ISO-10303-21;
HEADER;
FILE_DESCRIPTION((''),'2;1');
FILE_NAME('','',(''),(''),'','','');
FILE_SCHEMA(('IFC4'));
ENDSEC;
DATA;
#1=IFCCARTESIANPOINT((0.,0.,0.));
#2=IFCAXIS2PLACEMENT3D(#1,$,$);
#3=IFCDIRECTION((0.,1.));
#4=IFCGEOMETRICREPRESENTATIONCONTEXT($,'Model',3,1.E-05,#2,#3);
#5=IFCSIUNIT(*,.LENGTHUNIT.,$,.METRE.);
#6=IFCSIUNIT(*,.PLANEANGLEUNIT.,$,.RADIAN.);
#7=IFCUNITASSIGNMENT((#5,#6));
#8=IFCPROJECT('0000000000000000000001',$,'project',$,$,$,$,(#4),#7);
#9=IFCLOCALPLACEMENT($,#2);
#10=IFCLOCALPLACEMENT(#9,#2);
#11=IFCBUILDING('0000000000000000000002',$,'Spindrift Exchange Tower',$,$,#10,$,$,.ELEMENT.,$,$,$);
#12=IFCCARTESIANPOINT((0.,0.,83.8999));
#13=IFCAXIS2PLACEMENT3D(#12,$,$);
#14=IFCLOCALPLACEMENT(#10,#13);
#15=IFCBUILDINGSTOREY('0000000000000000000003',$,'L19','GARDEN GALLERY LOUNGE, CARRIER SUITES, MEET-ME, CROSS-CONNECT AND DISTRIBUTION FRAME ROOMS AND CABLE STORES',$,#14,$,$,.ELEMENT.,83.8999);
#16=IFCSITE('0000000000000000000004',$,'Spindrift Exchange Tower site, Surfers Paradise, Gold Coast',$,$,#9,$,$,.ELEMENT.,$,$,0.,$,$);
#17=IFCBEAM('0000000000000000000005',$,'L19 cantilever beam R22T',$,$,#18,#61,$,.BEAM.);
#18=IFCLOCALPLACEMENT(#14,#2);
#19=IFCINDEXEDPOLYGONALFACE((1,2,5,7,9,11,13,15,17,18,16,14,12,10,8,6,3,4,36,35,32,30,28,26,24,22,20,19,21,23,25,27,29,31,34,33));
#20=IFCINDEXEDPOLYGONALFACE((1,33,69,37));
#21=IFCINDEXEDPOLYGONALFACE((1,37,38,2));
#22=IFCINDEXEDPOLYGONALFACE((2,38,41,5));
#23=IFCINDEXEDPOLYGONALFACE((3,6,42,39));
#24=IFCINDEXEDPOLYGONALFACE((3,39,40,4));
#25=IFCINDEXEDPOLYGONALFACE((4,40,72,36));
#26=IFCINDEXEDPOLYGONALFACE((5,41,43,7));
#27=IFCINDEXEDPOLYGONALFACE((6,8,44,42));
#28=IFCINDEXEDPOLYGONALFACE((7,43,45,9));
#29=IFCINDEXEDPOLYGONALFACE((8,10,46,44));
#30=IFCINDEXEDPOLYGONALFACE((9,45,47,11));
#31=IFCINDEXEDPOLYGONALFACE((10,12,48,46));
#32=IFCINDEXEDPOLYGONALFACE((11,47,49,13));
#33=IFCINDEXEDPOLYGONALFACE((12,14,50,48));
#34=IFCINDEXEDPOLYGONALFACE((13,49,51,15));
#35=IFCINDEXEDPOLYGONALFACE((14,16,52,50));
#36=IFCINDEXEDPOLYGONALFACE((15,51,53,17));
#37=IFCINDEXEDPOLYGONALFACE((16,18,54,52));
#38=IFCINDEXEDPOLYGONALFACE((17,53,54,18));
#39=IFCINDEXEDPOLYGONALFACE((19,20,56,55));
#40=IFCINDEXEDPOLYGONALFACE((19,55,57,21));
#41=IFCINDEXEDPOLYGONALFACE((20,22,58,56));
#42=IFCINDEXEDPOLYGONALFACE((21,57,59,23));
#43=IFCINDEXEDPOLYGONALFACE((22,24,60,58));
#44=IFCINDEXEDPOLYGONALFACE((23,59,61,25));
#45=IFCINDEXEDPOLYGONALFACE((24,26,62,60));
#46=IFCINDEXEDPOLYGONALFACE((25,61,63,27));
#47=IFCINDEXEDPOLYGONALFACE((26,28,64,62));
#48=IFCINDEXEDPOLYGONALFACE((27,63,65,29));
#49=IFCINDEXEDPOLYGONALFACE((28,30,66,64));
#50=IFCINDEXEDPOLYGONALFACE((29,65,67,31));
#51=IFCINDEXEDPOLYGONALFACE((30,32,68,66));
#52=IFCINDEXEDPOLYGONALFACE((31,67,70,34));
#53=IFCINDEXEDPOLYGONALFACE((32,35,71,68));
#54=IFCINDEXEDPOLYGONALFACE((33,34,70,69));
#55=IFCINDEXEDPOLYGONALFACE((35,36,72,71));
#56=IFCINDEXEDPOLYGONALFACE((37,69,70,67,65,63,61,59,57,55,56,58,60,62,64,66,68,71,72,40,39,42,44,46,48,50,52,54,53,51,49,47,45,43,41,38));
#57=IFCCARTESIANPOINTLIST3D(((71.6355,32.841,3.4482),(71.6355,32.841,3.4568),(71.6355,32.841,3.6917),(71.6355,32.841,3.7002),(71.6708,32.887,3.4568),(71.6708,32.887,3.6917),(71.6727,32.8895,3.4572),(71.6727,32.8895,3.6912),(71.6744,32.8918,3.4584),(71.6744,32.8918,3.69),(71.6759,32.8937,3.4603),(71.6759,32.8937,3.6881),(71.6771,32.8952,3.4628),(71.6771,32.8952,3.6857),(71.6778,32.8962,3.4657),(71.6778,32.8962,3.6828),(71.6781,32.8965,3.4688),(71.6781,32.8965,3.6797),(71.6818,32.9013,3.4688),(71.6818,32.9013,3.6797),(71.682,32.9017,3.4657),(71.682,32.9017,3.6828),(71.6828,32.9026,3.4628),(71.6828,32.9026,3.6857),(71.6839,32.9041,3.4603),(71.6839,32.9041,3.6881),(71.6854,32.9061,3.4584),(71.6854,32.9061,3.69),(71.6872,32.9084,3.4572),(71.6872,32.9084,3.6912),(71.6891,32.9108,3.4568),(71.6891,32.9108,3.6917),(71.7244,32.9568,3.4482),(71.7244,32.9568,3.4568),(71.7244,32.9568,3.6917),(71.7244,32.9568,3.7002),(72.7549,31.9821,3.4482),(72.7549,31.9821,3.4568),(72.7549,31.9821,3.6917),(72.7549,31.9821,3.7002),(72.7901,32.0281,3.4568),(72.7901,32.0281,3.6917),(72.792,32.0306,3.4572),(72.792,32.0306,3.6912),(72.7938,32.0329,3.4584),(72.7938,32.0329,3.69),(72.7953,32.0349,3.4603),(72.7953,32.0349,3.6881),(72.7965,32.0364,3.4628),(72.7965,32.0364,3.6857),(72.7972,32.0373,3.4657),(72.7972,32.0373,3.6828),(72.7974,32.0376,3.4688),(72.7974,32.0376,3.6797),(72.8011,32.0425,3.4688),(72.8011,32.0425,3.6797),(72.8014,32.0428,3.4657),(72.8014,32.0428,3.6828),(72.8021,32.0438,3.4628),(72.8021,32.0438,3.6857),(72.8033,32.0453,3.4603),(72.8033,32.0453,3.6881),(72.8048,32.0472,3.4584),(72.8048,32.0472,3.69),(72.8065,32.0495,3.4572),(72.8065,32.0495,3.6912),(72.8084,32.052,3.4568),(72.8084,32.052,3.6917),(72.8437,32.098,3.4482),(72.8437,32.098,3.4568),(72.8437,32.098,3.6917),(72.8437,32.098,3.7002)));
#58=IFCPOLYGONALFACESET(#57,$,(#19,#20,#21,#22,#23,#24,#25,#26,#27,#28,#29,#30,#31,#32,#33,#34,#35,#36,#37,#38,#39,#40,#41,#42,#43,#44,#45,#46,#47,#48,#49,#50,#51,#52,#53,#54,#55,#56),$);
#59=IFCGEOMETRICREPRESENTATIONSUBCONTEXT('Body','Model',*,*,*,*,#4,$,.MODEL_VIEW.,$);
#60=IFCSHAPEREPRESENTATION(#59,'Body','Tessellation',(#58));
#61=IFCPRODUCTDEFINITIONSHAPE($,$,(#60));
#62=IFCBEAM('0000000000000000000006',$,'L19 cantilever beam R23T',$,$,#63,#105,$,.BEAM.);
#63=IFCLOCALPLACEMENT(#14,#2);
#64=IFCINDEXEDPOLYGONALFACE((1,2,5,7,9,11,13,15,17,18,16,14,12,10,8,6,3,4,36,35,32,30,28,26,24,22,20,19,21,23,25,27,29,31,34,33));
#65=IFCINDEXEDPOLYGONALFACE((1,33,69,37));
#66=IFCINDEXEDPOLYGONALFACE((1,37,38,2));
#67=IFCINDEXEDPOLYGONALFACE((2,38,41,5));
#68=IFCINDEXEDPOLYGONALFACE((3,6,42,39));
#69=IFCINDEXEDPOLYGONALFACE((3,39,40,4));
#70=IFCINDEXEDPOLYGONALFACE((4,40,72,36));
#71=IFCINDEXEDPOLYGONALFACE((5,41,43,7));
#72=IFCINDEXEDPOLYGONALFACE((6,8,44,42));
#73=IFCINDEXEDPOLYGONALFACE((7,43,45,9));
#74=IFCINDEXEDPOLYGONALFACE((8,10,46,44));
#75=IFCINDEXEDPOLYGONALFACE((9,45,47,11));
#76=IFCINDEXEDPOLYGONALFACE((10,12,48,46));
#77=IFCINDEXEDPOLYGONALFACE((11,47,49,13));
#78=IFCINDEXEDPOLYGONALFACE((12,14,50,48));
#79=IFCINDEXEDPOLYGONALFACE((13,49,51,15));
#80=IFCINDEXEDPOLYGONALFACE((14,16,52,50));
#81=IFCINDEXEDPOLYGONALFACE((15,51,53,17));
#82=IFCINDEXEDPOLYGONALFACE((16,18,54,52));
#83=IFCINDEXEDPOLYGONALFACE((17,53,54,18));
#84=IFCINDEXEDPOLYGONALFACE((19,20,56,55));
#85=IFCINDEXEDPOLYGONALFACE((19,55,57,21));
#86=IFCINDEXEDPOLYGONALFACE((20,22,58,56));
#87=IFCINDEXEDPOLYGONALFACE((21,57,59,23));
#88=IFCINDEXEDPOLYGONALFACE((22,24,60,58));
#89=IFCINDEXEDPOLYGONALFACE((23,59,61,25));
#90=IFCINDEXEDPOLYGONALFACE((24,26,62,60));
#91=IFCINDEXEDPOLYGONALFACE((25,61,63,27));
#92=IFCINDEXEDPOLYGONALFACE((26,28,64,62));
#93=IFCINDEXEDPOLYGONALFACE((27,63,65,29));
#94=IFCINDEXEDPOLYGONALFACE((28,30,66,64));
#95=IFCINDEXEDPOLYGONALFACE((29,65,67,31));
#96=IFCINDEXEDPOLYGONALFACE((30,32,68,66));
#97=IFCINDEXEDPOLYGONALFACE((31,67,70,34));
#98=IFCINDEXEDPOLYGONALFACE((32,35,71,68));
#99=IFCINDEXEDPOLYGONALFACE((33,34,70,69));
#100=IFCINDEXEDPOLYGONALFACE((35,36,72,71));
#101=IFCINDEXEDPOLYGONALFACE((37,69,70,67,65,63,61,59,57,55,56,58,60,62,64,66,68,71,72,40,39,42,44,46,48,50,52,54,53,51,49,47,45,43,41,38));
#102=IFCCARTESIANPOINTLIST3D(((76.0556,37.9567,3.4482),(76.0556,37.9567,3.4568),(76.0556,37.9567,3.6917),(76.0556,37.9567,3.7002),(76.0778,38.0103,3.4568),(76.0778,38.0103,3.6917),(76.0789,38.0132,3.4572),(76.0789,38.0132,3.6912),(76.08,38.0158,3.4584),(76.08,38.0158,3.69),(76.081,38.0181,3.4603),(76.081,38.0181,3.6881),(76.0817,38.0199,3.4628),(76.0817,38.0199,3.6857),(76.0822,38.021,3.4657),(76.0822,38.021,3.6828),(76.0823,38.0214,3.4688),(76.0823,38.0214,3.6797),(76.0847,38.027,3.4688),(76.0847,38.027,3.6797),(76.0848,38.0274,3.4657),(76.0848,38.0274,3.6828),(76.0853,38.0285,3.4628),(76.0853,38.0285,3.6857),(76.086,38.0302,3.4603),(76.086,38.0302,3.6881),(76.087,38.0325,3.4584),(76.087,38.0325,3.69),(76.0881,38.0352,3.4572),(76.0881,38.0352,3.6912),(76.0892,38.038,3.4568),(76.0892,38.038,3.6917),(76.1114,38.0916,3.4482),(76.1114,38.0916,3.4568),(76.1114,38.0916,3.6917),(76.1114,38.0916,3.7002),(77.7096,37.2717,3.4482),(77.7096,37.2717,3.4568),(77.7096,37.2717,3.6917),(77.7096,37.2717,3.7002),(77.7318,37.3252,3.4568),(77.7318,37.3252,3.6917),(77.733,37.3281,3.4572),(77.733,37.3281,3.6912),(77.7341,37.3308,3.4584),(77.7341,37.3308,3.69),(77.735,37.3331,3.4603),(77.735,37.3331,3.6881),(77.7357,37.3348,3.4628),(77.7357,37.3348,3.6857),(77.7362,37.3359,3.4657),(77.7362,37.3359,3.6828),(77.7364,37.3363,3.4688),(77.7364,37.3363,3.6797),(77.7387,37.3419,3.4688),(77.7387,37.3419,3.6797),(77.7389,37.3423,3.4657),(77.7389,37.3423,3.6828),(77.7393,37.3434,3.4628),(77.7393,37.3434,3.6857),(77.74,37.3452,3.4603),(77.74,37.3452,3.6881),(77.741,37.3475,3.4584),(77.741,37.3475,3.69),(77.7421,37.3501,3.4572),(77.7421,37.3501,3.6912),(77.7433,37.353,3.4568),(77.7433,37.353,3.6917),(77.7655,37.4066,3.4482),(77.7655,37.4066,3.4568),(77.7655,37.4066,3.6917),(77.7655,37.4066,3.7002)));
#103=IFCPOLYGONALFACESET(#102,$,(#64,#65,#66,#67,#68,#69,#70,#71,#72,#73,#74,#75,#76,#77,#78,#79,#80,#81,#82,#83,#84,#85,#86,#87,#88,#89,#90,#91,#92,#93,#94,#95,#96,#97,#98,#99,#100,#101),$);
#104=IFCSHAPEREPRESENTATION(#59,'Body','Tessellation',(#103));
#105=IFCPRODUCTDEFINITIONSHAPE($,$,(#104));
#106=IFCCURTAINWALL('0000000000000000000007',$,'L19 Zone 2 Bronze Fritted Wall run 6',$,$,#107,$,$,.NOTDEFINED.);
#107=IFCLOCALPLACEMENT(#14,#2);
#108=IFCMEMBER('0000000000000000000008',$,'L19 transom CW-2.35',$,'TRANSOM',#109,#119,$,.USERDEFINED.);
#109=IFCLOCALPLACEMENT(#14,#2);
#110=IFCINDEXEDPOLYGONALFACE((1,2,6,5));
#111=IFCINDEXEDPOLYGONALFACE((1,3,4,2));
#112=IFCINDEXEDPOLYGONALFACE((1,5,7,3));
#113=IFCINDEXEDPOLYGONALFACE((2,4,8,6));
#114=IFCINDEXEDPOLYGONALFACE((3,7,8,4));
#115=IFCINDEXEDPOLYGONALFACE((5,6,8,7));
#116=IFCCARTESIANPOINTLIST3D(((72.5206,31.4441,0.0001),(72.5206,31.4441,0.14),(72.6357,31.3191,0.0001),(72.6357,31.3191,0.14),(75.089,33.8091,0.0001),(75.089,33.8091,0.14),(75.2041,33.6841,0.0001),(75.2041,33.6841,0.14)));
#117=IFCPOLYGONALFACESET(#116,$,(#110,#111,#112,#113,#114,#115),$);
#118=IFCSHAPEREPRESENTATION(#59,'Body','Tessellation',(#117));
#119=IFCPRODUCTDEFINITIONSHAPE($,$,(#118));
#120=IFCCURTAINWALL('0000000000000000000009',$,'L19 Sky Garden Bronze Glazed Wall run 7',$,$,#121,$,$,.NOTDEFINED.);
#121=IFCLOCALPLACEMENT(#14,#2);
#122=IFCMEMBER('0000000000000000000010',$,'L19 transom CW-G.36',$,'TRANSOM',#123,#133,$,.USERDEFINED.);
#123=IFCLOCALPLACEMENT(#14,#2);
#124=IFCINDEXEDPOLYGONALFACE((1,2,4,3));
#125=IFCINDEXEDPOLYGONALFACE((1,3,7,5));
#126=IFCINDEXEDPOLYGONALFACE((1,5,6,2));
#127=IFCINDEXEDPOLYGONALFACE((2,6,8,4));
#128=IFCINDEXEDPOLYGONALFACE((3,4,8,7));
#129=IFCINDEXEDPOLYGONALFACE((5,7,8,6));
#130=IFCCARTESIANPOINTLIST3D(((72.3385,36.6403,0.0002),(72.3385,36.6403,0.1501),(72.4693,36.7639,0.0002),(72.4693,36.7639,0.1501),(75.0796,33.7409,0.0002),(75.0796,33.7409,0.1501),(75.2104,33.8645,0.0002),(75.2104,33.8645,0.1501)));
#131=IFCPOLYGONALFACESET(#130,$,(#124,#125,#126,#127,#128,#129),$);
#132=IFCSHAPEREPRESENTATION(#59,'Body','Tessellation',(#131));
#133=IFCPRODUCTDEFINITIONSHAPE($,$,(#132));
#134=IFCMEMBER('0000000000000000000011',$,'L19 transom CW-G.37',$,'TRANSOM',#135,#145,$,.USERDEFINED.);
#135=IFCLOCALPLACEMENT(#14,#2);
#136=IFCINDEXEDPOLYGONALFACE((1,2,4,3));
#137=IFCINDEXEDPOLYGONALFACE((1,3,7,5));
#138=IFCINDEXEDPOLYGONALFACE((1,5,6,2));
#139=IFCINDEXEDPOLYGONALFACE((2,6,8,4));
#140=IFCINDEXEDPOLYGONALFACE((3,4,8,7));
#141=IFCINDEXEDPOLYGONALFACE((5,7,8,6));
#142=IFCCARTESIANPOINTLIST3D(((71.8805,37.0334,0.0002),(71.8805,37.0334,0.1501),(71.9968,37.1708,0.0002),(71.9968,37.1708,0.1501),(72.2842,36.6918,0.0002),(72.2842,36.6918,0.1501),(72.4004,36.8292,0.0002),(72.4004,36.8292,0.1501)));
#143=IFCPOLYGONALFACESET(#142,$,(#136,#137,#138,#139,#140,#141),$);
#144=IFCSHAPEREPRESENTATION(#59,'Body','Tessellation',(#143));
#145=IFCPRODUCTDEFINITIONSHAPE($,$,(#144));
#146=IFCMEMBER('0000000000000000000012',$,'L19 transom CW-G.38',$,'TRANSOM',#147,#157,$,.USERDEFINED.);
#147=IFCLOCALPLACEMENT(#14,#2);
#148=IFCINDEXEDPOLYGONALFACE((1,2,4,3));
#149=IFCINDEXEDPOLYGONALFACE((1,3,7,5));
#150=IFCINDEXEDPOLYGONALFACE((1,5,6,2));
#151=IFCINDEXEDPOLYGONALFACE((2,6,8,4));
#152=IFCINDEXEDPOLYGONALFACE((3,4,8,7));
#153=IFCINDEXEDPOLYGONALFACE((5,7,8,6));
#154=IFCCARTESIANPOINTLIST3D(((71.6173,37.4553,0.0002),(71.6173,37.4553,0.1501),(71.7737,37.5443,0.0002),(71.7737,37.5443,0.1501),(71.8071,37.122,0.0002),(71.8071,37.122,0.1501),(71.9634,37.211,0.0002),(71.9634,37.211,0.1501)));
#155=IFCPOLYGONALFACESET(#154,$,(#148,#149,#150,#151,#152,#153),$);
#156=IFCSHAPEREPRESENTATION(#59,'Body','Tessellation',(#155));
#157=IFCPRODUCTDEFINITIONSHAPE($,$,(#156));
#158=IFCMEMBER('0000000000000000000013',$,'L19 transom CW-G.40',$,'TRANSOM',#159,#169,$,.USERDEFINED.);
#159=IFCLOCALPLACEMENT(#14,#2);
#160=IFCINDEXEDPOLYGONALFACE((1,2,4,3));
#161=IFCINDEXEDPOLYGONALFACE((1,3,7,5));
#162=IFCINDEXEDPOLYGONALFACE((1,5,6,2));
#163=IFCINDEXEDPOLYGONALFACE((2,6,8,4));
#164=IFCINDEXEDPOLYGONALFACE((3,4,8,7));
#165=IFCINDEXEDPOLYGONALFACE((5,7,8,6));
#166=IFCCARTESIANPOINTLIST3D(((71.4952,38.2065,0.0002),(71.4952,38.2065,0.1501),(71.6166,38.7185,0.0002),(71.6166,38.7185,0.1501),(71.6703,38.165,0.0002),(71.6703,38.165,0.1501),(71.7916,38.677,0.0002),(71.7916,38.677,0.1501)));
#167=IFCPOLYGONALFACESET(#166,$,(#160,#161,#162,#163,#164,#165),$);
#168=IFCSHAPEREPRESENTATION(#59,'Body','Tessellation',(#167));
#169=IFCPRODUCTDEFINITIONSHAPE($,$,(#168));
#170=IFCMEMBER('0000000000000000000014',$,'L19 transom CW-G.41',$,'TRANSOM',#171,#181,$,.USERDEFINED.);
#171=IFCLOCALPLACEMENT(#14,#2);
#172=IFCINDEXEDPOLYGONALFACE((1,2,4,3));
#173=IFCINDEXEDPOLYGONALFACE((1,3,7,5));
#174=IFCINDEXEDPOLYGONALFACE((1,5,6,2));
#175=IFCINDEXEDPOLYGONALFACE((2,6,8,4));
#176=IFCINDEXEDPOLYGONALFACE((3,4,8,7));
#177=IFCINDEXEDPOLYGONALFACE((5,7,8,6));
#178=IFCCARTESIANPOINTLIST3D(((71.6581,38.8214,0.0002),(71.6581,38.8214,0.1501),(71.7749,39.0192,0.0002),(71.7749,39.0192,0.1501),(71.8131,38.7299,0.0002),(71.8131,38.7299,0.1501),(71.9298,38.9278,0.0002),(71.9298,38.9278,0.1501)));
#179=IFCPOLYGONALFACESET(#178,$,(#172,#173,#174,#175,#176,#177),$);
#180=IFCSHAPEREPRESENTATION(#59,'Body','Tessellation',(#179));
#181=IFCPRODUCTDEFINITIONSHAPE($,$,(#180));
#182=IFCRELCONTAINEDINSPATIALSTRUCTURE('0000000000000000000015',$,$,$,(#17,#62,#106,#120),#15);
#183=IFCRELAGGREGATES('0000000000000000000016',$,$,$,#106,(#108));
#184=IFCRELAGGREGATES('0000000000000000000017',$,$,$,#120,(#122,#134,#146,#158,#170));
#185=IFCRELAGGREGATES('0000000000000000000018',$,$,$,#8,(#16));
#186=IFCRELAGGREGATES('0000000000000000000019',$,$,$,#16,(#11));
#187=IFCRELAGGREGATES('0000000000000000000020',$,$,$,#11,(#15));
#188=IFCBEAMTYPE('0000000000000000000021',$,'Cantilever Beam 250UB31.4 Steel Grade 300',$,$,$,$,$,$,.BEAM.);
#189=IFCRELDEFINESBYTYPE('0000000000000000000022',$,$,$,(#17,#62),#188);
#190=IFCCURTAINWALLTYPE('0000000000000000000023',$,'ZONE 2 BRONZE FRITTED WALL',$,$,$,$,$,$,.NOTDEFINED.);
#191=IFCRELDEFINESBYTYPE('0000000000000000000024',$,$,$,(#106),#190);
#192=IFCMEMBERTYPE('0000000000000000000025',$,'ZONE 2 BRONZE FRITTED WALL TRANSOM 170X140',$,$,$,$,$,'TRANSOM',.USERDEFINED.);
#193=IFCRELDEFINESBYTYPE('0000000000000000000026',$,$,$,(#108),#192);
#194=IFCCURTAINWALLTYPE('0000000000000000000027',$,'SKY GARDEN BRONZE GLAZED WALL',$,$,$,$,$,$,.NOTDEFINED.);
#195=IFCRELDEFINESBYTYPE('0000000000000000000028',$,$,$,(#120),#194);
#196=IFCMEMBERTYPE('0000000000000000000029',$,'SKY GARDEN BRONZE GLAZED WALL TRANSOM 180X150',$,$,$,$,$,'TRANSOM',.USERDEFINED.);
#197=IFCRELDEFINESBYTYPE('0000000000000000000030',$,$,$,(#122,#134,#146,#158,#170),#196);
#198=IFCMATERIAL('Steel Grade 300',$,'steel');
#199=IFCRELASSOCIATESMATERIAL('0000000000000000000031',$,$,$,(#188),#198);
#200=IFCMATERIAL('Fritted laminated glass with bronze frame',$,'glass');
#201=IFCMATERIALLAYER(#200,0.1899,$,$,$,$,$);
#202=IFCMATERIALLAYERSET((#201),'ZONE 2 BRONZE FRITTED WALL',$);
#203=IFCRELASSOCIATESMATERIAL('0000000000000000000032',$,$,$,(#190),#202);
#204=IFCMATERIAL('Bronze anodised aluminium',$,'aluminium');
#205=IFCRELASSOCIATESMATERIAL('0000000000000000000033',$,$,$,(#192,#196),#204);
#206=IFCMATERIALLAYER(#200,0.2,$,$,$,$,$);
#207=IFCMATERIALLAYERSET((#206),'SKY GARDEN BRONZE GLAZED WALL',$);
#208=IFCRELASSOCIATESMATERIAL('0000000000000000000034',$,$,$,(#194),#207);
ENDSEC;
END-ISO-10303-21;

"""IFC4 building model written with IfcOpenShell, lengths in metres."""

from ifc_helpers import new_model, si_unit, direction, frame, origin, origin_2d, place, context, subcontext, project, spatial, rectangle, i_section, extrude, source, transform, mapped, material, layer, layer_set, material_profile, profile_set, type_object, element, aggregate, save


model = new_model("IFC4")

# Units and contexts
model_context = context("Model", 3, precision=1e-05, world=origin(), true_north=direction((0.0, 1.0)))
body_context = subcontext(model_context, "Body", "Model", "MODEL_VIEW")
ifc_project = project(units=[si_unit("LENGTHUNIT", "METRE"), si_unit("PLANEANGLEUNIT", "RADIAN")], contexts=[model_context])

# Site, building, storey
site_placement = place(None, origin())
site = spatial("IfcSite", under=ifc_project, at=site_placement, Name="Spindrift Exchange Tower site, Surfers Paradise, Gold Coast", CompositionType="ELEMENT", RefElevation=0.0)
building_placement = place(site_placement, origin())
building = spatial("IfcBuilding", under=site, at=building_placement, Name="Spindrift Exchange Tower", CompositionType="ELEMENT")
storey_placement = place(building_placement, frame((0.0, 0.0, 83.8999)))
storey = spatial("IfcBuildingStorey", under=building, at=storey_placement, Name="L19", Description="GARDEN GALLERY LOUNGE, CARRIER SUITES, MEET-ME, CROSS-CONNECT AND DISTRIBUTION FRAME ROOMS AND CABLE STORES", CompositionType="ELEMENT", Elevation=83.8999)

# Beams
ifc_material_1 = material(Name="Steel Grade 300", Category="steel")
ifc_material_profile_1 = material_profile(ifc_material_1, i_section(OverallWidth=0.146, OverallDepth=0.252, WebThickness=0.0061, FlangeThickness=0.0085, FilletRadius=0.012, at=origin_2d()), Name="250UB31.4")
ifc_profile_set_1 = profile_set([ifc_material_profile_1], Name="Steel Grade 300")
beam_type_1 = type_object("IfcBeamType", Name="Cantilever Beam 250UB31.4 Steel Grade 300", PredefinedType="BEAM", material=ifc_profile_set_1)
shared_shape_1 = source(origin(), body_context, "Body", "SweptSolid", [
    extrude(i_section(OverallWidth=0.146, OverallDepth=0.252, WebThickness=0.0061, FlangeThickness=0.0085, FilletRadius=0.012, at=origin_2d()), origin(), (0.0, 0.0, 1.0), 1.4109),
])
beam_1_placement = place(storey_placement, frame((71.6799, 32.8989, 3.5742), z_axis=(0.79337, -0.60874, 0.0), x_axis=(0.60874, 0.79337, 0.0)))
element("IfcBeam", 1, at=beam_1_placement, inside=storey, type_object=beam_type_1, Name="L19 cantilever beam R22T", PredefinedType="BEAM", context=body_context, shape_type="MappedRepresentation", body=[
    mapped(shared_shape_1, transform((0.0, 0.0, 0.0), scale=1.0)),
])
shared_shape_2 = source(origin(), body_context, "Body", "SweptSolid", [
    extrude(i_section(OverallWidth=0.146, OverallDepth=0.252, WebThickness=0.0061, FlangeThickness=0.0085, FilletRadius=0.012, at=origin_2d()), origin(), (0.0, 0.0, 1.0), 1.7903),
])
beam_2_placement = place(storey_placement, frame((76.0835, 38.0242, 3.5742), z_axis=(0.923894, -0.382649, 0.0), x_axis=(0.382649, 0.923894, 0.0)))
element("IfcBeam", 2, at=beam_2_placement, inside=storey, type_object=beam_type_1, Name="L19 cantilever beam R23T", PredefinedType="BEAM", context=body_context, shape_type="MappedRepresentation", body=[
    mapped(shared_shape_2, transform((0.0, 0.0, 0.0), scale=1.0)),
])

# Curtain wall, member
ifc_material_2 = material(Name="Fritted laminated glass with bronze frame", Category="glass")
ifc_layer_1 = layer(ifc_material_2, 0.1899)
ifc_layer_set_1 = layer_set([ifc_layer_1], Name="ZONE 2 BRONZE FRITTED WALL")
curtain_wall_type_1 = type_object("IfcCurtainWallType", Name="ZONE 2 BRONZE FRITTED WALL", PredefinedType="NOTDEFINED", material=ifc_layer_set_1)
curtain_wall_1_placement = place(storey_placement, origin())
curtain_wall_1 = element("IfcCurtainWall", 3, at=curtain_wall_1_placement, inside=storey, type_object=curtain_wall_type_1, Name="L19 Zone 2 Bronze Fritted Wall run 6", PredefinedType="NOTDEFINED")
ifc_material_3 = material(Name="Bronze anodised aluminium", Category="aluminium")
ifc_material_profile_2 = material_profile(ifc_material_3, rectangle(XDim=0.1699, YDim=0.1399, at=origin_2d()), Name="ZONE 2 BRONZE FRITTED WALL TRANSOM 170X140")
ifc_profile_set_2 = profile_set([ifc_material_profile_2], Name="Bronze anodised aluminium")
member_type_1 = type_object("IfcMemberType", Name="ZONE 2 BRONZE FRITTED WALL TRANSOM 170X140", ElementType="TRANSOM", PredefinedType="USERDEFINED", material=ifc_profile_set_2)
shared_shape_3 = source(origin(), body_context, "Body", "SweptSolid", [
    extrude(rectangle(XDim=0.1699, YDim=0.1399, at=origin_2d()), origin(), (0.0, 0.0, 1.0), 3.4915),
])
member_1_placement = place(storey_placement, frame((72.5781, 31.3816, 0.0701), z_axis=(0.735631, 0.677382, 0.0), x_axis=(-0.677382, 0.735631, 0.0)))
member_1 = element("IfcMember", 4, at=member_1_placement, type_object=member_type_1, Name="L19 transom CW-2.35", ObjectType="TRANSOM", PredefinedType="USERDEFINED", context=body_context, shape_type="MappedRepresentation", body=[
    mapped(shared_shape_3, transform((0.0, 0.0, 0.0), scale=1.0)),
])

# Curtain wall, members
ifc_layer_2 = layer(ifc_material_2, 0.2)
ifc_layer_set_2 = layer_set([ifc_layer_2], Name="SKY GARDEN BRONZE GLAZED WALL")
curtain_wall_type_2 = type_object("IfcCurtainWallType", Name="SKY GARDEN BRONZE GLAZED WALL", PredefinedType="NOTDEFINED", material=ifc_layer_set_2)
curtain_wall_2_placement = place(storey_placement, origin())
curtain_wall_2 = element("IfcCurtainWall", 5, at=curtain_wall_2_placement, inside=storey, type_object=curtain_wall_type_2, Name="L19 Sky Garden Bronze Glazed Wall run 7", PredefinedType="NOTDEFINED")
ifc_material_profile_3 = material_profile(ifc_material_3, rectangle(XDim=0.1799, YDim=0.1499, at=origin_2d()), Name="SKY GARDEN BRONZE GLAZED WALL TRANSOM 180X150")
ifc_profile_set_3 = profile_set([ifc_material_profile_3], Name="Bronze anodised aluminium")
member_type_2 = type_object("IfcMemberType", Name="SKY GARDEN BRONZE GLAZED WALL TRANSOM 180X150", ElementType="TRANSOM", PredefinedType="USERDEFINED", material=ifc_profile_set_3)
shared_shape_4 = source(origin(), body_context, "Body", "SweptSolid", [
    extrude(rectangle(XDim=0.1799, YDim=0.1499, at=origin_2d()), origin(), (0.0, 0.0, 1.0), 3.99),
])
member_2_placement = place(storey_placement, frame((75.145, 33.8027, 0.0752), z_axis=(-0.687004, 0.726653, 0.0), x_axis=(-0.726653, -0.687004, 0.0)))
member_2 = element("IfcMember", 6, at=member_2_placement, type_object=member_type_2, Name="L19 transom CW-G.36", ObjectType="TRANSOM", PredefinedType="USERDEFINED", context=body_context, shape_type="MappedRepresentation", body=[
    mapped(shared_shape_4, transform((0.0, 0.0, 0.0), scale=1.0)),
])
shared_shape_5 = source(origin(), body_context, "Body", "SweptSolid", [
    extrude(rectangle(XDim=0.1799, YDim=0.1499, at=origin_2d()), origin(), (0.0, 0.0, 1.0), 0.5288),
])
member_3_placement = place(storey_placement, frame((72.3423, 36.7605, 0.0752), z_axis=(-0.763316, 0.646025, 0.0), x_axis=(-0.646025, -0.763316, 0.0)))
member_3 = element("IfcMember", 7, at=member_3_placement, type_object=member_type_2, Name="L19 transom CW-G.37", ObjectType="TRANSOM", PredefinedType="USERDEFINED", context=body_context, shape_type="MappedRepresentation", body=[
    mapped(shared_shape_5, transform((0.0, 0.0, 0.0), scale=1.0)),
])
shared_shape_6 = source(origin(), body_context, "Body", "SweptSolid", [
    extrude(rectangle(XDim=0.1799, YDim=0.1499, at=origin_2d()), origin(), (0.0, 0.0, 1.0), 0.3835),
])
member_4_placement = place(storey_placement, frame((71.8853, 37.1665, 0.0752), z_axis=(-0.494698, 0.869065, 0.0), x_axis=(-0.869065, -0.494698, 0.0)))
member_4 = element("IfcMember", 8, at=member_4_placement, type_object=member_type_2, Name="L19 transom CW-G.38", ObjectType="TRANSOM", PredefinedType="USERDEFINED", context=body_context, shape_type="MappedRepresentation", body=[
    mapped(shared_shape_6, transform((0.0, 0.0, 0.0), scale=1.0)),
])
shared_shape_7 = source(origin(), body_context, "Body", "SweptSolid", [
    extrude(rectangle(XDim=0.1799, YDim=0.1499, at=origin_2d()), origin(), (0.0, 0.0, 1.0), 0.5261),
])
member_5_placement = place(storey_placement, frame((71.5828, 38.1858, 0.0752), z_axis=(0.230617, 0.973045, 0.0), x_axis=(-0.973045, 0.230617, 0.0)))
member_5 = element("IfcMember", 9, at=member_5_placement, type_object=member_type_2, Name="L19 transom CW-G.40", ObjectType="TRANSOM", PredefinedType="USERDEFINED", context=body_context, shape_type="MappedRepresentation", body=[
    mapped(shared_shape_7, transform((0.0, 0.0, 0.0), scale=1.0)),
])
shared_shape_8 = source(origin(), body_context, "Body", "SweptSolid", [
    extrude(rectangle(XDim=0.1799, YDim=0.1499, at=origin_2d()), origin(), (0.0, 0.0, 1.0), 0.2297),
])
member_6_placement = place(storey_placement, frame((71.7356, 38.7756, 0.0752), z_axis=(0.508228, 0.861223, 0.0), x_axis=(-0.861223, 0.508228, 0.0)))
member_6 = element("IfcMember", 10, at=member_6_placement, type_object=member_type_2, Name="L19 transom CW-G.41", ObjectType="TRANSOM", PredefinedType="USERDEFINED", context=body_context, shape_type="MappedRepresentation", body=[
    mapped(shared_shape_8, transform((0.0, 0.0, 0.0), scale=1.0)),
])

aggregate(curtain_wall_1, [member_1])
aggregate(curtain_wall_2, [member_2, member_3, member_4, member_5, member_6])

save(model, "model.ifc")
